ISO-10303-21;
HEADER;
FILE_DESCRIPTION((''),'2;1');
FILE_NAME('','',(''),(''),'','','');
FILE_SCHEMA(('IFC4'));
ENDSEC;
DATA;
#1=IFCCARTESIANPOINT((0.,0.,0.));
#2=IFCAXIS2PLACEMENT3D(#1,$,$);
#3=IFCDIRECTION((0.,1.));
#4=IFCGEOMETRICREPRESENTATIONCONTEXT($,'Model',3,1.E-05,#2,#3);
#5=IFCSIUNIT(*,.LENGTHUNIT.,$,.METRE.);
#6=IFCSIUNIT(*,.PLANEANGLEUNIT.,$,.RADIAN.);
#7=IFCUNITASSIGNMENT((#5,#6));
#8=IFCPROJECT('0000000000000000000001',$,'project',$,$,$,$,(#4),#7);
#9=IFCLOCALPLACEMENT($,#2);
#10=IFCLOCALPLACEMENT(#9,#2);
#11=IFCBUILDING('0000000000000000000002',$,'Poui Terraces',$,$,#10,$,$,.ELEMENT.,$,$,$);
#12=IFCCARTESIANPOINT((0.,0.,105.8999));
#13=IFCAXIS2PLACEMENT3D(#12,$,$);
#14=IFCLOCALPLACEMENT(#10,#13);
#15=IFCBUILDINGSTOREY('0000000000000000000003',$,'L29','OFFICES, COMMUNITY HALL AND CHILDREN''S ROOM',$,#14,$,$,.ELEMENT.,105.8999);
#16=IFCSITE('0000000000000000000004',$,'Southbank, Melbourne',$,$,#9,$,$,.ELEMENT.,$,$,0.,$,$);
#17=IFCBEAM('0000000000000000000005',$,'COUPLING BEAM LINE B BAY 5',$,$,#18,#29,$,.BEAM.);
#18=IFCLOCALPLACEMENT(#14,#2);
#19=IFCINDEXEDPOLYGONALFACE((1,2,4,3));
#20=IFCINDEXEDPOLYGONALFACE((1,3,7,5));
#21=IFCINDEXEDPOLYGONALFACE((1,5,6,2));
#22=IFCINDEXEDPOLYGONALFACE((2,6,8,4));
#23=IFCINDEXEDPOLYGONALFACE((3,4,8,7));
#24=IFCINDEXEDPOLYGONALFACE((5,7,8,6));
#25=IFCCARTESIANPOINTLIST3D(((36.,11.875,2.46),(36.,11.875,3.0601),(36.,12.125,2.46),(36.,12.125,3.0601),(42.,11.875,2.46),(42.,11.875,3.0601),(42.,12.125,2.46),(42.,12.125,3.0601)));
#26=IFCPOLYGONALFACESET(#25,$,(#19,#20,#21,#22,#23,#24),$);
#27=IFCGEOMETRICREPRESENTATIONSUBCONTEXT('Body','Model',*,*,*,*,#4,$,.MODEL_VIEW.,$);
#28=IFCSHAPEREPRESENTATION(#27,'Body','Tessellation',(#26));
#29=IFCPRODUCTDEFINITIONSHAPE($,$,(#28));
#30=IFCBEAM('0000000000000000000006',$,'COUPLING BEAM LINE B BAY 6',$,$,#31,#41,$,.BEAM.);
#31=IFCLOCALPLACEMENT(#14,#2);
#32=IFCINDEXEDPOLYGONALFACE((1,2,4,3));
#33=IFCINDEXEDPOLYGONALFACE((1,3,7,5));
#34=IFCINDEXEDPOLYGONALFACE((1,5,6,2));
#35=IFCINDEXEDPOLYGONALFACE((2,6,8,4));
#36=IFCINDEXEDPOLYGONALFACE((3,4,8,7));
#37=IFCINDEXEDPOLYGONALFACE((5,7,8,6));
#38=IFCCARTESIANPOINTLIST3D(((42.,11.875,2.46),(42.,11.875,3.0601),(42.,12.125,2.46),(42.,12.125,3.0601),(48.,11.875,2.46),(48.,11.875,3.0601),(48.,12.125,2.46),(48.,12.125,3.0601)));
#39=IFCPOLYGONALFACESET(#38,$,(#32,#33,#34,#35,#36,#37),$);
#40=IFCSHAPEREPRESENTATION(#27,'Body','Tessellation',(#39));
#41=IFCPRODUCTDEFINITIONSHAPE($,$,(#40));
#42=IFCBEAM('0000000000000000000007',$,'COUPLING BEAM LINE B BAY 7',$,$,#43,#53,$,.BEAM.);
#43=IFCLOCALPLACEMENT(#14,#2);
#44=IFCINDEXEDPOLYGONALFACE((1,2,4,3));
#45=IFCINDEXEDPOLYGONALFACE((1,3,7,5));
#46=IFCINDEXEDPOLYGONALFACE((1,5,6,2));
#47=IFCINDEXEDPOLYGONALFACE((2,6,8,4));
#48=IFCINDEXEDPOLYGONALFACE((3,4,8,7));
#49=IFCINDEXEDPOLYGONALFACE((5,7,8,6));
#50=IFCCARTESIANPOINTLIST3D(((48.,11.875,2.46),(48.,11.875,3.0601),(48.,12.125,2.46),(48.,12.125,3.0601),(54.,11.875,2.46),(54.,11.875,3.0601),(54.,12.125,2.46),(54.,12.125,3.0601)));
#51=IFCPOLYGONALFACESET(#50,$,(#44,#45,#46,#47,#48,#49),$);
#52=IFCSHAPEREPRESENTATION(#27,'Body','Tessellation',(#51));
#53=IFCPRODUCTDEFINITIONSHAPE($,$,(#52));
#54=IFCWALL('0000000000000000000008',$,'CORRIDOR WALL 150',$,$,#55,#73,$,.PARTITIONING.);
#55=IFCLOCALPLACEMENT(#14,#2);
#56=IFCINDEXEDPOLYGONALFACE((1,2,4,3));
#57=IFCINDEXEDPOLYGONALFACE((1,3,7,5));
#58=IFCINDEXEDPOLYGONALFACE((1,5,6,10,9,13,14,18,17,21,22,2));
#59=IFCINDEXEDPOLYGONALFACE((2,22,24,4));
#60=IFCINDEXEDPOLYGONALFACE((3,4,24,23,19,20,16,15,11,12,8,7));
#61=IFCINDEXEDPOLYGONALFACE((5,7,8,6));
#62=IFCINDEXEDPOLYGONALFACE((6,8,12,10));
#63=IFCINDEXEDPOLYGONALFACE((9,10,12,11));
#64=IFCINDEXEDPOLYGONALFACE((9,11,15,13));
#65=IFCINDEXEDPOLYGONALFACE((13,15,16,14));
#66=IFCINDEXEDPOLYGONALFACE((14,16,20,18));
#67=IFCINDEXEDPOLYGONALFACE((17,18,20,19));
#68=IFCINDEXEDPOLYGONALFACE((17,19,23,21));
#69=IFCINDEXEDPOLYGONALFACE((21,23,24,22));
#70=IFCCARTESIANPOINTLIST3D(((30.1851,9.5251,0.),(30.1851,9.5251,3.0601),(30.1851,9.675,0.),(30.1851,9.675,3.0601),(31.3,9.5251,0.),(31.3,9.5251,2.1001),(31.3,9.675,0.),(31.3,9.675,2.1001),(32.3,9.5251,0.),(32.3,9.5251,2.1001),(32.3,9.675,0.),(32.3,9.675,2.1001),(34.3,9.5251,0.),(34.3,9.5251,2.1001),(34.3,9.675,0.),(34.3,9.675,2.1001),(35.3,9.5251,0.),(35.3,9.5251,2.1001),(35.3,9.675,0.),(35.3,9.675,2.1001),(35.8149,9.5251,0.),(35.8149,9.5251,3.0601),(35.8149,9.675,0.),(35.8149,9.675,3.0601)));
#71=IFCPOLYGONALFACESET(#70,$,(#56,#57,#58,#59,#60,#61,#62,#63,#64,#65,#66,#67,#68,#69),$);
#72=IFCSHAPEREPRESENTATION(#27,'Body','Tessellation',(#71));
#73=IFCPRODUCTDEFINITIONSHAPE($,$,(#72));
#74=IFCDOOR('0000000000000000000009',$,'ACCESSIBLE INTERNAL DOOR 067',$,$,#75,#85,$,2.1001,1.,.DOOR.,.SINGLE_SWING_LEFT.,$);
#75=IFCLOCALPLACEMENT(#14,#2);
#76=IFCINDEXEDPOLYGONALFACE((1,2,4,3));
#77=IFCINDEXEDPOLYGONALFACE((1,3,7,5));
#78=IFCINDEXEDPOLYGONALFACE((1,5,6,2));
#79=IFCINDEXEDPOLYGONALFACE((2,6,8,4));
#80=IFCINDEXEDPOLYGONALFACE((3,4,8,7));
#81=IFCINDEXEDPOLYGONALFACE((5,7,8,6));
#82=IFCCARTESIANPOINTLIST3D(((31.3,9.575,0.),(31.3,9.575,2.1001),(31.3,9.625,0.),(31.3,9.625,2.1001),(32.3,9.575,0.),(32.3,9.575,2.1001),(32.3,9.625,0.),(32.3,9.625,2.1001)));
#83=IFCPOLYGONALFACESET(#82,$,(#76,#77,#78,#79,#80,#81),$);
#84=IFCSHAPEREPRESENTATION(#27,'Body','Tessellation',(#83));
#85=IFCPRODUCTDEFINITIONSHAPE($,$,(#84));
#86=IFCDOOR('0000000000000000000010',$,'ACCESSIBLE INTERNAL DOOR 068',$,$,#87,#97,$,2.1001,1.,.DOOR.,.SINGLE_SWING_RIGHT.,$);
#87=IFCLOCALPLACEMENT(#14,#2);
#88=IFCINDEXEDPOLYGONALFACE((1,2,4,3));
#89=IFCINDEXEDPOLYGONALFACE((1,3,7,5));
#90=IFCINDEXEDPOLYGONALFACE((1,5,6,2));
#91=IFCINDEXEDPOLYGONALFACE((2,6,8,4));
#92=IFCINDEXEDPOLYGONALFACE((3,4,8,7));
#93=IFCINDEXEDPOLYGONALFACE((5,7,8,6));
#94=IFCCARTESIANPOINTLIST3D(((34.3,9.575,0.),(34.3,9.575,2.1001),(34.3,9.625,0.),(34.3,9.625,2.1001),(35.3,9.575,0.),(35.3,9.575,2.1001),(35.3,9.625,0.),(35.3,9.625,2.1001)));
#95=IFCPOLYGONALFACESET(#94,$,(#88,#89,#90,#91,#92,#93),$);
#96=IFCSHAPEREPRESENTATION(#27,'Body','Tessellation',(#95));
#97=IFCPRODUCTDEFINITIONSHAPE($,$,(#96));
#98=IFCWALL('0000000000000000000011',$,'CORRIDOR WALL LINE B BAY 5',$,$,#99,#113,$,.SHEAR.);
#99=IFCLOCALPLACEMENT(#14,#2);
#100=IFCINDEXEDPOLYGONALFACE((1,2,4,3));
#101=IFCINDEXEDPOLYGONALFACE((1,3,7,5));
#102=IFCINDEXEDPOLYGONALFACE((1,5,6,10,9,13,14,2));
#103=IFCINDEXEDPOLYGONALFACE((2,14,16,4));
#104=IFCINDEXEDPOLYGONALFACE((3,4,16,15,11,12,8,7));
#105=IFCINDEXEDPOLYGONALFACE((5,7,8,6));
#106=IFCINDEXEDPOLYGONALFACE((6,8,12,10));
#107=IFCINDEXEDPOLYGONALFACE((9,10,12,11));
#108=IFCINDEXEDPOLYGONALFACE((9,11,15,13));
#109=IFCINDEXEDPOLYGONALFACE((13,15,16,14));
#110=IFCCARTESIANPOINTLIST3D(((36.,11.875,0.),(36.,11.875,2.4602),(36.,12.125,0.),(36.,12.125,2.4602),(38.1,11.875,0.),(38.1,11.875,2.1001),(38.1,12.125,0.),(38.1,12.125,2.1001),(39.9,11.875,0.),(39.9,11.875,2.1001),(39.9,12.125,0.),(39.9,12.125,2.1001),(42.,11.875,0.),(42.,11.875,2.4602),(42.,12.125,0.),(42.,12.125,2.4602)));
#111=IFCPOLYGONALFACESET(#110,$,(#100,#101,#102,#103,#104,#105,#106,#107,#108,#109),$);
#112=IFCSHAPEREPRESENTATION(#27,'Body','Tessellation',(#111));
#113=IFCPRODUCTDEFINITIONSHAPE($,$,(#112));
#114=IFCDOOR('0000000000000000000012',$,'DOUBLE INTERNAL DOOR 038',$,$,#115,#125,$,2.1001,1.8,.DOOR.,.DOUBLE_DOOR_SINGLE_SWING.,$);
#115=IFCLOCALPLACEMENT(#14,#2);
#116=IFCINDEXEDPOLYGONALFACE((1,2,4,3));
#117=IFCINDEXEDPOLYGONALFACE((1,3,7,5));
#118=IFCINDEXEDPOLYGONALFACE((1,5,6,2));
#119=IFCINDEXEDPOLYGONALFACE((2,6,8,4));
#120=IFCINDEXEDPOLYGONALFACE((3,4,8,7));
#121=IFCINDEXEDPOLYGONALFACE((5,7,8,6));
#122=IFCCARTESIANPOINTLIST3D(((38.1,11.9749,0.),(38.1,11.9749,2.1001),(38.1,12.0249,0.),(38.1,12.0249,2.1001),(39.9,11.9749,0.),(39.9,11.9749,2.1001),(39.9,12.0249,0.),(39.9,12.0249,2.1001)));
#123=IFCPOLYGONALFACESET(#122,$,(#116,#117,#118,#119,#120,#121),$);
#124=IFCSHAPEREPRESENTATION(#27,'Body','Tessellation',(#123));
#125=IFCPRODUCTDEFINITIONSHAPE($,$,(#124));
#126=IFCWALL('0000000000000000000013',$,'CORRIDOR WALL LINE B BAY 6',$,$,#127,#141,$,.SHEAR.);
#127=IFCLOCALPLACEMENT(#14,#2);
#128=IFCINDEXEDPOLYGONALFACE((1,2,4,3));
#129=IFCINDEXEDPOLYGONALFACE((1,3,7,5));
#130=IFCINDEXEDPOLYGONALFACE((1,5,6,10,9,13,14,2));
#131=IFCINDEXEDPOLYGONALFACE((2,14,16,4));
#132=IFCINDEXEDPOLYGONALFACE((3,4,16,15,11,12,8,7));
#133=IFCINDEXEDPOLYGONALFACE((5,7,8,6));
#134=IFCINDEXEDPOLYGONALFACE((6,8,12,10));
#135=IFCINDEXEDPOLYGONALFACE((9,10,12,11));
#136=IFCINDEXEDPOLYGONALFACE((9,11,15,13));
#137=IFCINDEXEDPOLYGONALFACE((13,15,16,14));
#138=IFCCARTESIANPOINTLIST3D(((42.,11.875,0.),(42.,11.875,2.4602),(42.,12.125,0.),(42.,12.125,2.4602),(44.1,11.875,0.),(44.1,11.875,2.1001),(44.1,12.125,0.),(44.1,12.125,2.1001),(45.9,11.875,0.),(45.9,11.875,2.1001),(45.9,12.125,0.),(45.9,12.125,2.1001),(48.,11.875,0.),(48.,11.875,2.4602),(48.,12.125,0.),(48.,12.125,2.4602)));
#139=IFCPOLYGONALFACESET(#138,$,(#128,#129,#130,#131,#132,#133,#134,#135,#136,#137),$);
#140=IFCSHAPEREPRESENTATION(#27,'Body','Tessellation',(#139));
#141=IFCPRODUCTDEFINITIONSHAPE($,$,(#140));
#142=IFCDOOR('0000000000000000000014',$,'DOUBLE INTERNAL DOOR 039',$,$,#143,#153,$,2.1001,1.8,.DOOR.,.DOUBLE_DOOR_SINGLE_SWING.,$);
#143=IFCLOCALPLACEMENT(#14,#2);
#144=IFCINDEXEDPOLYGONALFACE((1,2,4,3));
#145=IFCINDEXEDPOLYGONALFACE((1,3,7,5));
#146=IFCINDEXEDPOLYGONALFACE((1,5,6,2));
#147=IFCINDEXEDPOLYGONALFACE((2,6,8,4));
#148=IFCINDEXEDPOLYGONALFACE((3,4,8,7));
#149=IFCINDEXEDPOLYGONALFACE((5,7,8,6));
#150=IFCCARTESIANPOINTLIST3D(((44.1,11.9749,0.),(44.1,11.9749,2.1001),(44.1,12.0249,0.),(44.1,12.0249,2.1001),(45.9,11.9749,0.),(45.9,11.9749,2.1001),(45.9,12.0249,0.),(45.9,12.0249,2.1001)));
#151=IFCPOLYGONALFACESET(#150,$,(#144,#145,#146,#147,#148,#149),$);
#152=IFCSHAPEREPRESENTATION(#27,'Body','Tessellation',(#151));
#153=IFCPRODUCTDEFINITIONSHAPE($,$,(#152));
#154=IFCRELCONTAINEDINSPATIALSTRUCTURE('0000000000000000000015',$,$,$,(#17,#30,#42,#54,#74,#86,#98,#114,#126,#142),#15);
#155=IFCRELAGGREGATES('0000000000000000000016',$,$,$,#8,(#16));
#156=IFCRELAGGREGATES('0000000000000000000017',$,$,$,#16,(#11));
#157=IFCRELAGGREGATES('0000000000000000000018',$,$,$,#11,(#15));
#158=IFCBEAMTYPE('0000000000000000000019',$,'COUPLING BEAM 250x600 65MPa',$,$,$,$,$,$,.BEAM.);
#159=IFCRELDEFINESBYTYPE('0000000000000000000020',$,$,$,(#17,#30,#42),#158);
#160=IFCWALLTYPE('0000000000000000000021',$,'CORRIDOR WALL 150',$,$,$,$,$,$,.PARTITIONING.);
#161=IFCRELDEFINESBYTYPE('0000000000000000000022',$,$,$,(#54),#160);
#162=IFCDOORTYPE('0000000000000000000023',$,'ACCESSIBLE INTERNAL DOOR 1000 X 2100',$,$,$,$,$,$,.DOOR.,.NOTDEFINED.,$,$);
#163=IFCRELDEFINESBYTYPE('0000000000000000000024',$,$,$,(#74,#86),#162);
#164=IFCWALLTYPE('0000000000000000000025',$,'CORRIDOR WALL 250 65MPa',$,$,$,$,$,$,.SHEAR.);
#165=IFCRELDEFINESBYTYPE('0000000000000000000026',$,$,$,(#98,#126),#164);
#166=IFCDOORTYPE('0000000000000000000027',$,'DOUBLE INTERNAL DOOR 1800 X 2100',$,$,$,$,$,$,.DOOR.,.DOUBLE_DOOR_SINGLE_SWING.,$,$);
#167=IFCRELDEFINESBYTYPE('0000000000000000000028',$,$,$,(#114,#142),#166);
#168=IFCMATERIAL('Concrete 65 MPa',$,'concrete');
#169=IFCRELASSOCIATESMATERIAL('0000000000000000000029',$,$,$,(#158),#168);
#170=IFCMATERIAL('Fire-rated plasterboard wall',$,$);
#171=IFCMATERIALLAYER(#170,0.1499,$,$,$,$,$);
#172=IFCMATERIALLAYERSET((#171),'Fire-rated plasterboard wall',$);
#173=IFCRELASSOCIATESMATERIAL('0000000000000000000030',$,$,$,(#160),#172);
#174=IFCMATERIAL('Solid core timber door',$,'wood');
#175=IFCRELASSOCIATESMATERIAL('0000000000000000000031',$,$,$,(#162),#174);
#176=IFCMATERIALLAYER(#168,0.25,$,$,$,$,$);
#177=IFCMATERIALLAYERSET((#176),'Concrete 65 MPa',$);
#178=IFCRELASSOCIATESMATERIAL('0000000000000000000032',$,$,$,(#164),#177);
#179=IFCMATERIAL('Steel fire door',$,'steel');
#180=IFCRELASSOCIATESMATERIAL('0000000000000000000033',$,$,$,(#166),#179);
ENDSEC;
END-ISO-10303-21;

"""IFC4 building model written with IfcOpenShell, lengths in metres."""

from ifc_helpers import new_model, si_unit, direction, frame, frame_2d, origin, origin_2d, place, context, subcontext, project, spatial, rectangle, extrude, source, transform, mapped, material, layer, layer_set, material_profile, profile_set, type_object, element, fill, save


model = new_model("IFC4")

# Units and contexts
model_context = context("Model", 3, precision=1e-05, world=origin(), true_north=direction((0.0, 1.0)))
body_context = subcontext(model_context, "Body", "Model", "MODEL_VIEW")
ifc_project = project(units=[si_unit("LENGTHUNIT", "METRE"), si_unit("PLANEANGLEUNIT", "RADIAN")], contexts=[model_context])

# Site, building, storey
site_placement = place(None, origin())
site = spatial("IfcSite", under=ifc_project, at=site_placement, Name="Southbank, Melbourne", CompositionType="ELEMENT", RefElevation=0.0)
building_placement = place(site_placement, origin())
building = spatial("IfcBuilding", under=site, at=building_placement, Name="Poui Terraces", CompositionType="ELEMENT")
storey_placement = place(building_placement, frame((0.0, 0.0, 105.8999)))
storey = spatial("IfcBuildingStorey", under=building, at=storey_placement, Name="L29", Description="OFFICES, COMMUNITY HALL AND CHILDREN'S ROOM", CompositionType="ELEMENT", Elevation=105.8999)

# Beams
ifc_material_1 = material(Name="Concrete 65 MPa", Category="concrete")
ifc_material_profile = material_profile(ifc_material_1, rectangle(XDim=0.25, YDim=0.6001, at=origin_2d()), Name="RC 250x600")
ifc_profile_set = profile_set([ifc_material_profile], Name="Concrete 65 MPa")
beam_type = type_object("IfcBeamType", Name="COUPLING BEAM 250x600 65MPa", PredefinedType="BEAM", material=ifc_profile_set)
shared_shape = source(origin(), body_context, "Body", "SweptSolid", [
    extrude(rectangle(XDim=0.25, YDim=0.6001, at=origin_2d()), origin(), (0.0, 0.0, 1.0), 6.0),
])
for number, where, z_axis, x_axis, name in (
    (1, (36.0, 12.0, 2.76), (1.0, 0.0, 0.0), (0.0, 1.0, 0.0), "COUPLING BEAM LINE B BAY 5"),
    (2, (42.0, 12.0, 2.76), (1.0, 0.0, 0.0), (0.0, 1.0, 0.0), "COUPLING BEAM LINE B BAY 6"),
    (3, (48.0, 12.0, 2.76), (1.0, 0.0, 0.0), (0.0, 1.0, 0.0), "COUPLING BEAM LINE B BAY 7"),
):
    element("IfcBeam", number, at=place(storey_placement, frame(where, z_axis=z_axis, x_axis=x_axis)), inside=storey, type_object=beam_type, Name=name, PredefinedType="BEAM", context=body_context, shape_type="MappedRepresentation", body=[
        mapped(shared_shape, transform((0.0, 0.0, 0.0))),
    ])

# Wall, openings, doors
ifc_material_2 = material(Name="Fire-rated plasterboard wall")
ifc_layer_1 = layer(ifc_material_2, 0.1499)
ifc_layer_set_1 = layer_set([ifc_layer_1], Name="Fire-rated plasterboard wall")
wall_type_1 = type_object("IfcWallType", Name="CORRIDOR WALL 150", PredefinedType="PARTITIONING", material=ifc_layer_set_1)
wall_1_placement = place(storey_placement, frame((30.1851, 9.6001, 0.0), z_axis=(0.0, 0.0, 1.0), x_axis=(1.0, 0.0, 0.0)))
wall_1 = element("IfcWall", 4, at=wall_1_placement, inside=storey, type_object=wall_type_1, Name="CORRIDOR WALL 150", PredefinedType="PARTITIONING", context=body_context, shape_type="SweptSolid", body=[
    extrude(rectangle(XDim=5.6299, YDim=0.1499, at=frame_2d((2.8149, 0.0))), origin(), (0.0, 0.0, 1.0), 3.0601),
])
opening_1_placement = place(wall_1_placement, frame((1.115, 0.0, 0.0)))
opening_1 = element("IfcOpeningElement", 5, at=opening_1_placement, cuts=wall_1, PredefinedType="OPENING", context=body_context, shape_type="SweptSolid", body=[
    extrude(rectangle(XDim=1.0, YDim=2.1001, at=frame_2d((0.5, 1.05))), frame((0.0, 0.085, 0.0), z_axis=(0.0, -1.0, 0.0), x_axis=(1.0, 0.0, 0.0)), (0.0, 0.0, 1.0), 0.1699),
])
opening_2_placement = place(wall_1_placement, frame((4.115, 0.0, 0.0)))
opening_2 = element("IfcOpeningElement", 6, at=opening_2_placement, cuts=wall_1, PredefinedType="OPENING", context=body_context, shape_type="SweptSolid", body=[
    extrude(rectangle(XDim=1.0, YDim=2.1001, at=frame_2d((0.5, 1.05))), frame((0.0, 0.085, 0.0), z_axis=(0.0, -1.0, 0.0), x_axis=(1.0, 0.0, 0.0)), (0.0, 0.0, 1.0), 0.1699),
])
ifc_material_3 = material(Name="Solid core timber door", Category="wood")
door_type_1 = type_object("IfcDoorType", Name="ACCESSIBLE INTERNAL DOOR 1000 X 2100", OperationType="NOTDEFINED", PredefinedType="DOOR", material=ifc_material_3)
door_1_placement = place(opening_1_placement, origin())
door_1 = element("IfcDoor", 7, at=door_1_placement, inside=storey, type_object=door_type_1, Name="ACCESSIBLE INTERNAL DOOR 067", OperationType="SINGLE_SWING_LEFT", OverallHeight=2.1001, OverallWidth=1.0, PredefinedType="DOOR", context=body_context, shape_type="SweptSolid", body=[
    extrude(rectangle(XDim=1.0, YDim=2.1001, at=frame_2d((0.5, 1.05))), frame((0.0, 0.0249, 0.0), z_axis=(0.0, -1.0, 0.0), x_axis=(1.0, 0.0, 0.0)), (0.0, 0.0, 1.0), 0.05),
])
fill(opening_1, door_1)
door_2_placement = place(opening_2_placement, origin())
door_2 = element("IfcDoor", 8, at=door_2_placement, inside=storey, type_object=door_type_1, Name="ACCESSIBLE INTERNAL DOOR 068", OperationType="SINGLE_SWING_RIGHT", OverallHeight=2.1001, OverallWidth=1.0, PredefinedType="DOOR", context=body_context, shape_type="SweptSolid", body=[
    extrude(rectangle(XDim=1.0, YDim=2.1001, at=frame_2d((0.5, 1.05))), frame((0.0, 0.0249, 0.0), z_axis=(0.0, -1.0, 0.0), x_axis=(1.0, 0.0, 0.0)), (0.0, 0.0, 1.0), 0.05),
])
fill(opening_2, door_2)

# Walls, openings, doors
ifc_layer_2 = layer(ifc_material_1, 0.25)
ifc_layer_set_2 = layer_set([ifc_layer_2], Name="Concrete 65 MPa")
wall_type_2 = type_object("IfcWallType", Name="CORRIDOR WALL 250 65MPa", PredefinedType="SHEAR", material=ifc_layer_set_2)
wall_2_placement = place(storey_placement, frame((36.0, 12.0, 0.0), z_axis=(0.0, 0.0, 1.0), x_axis=(1.0, 0.0, 0.0)))
wall_2 = element("IfcWall", 9, at=wall_2_placement, inside=storey, type_object=wall_type_2, Name="CORRIDOR WALL LINE B BAY 5", PredefinedType="SHEAR", context=body_context, shape_type="SweptSolid", body=[
    extrude(rectangle(XDim=6.0, YDim=0.25, at=frame_2d((3.0, 0.0))), origin(), (0.0, 0.0, 1.0), 2.4602),
])
opening_3_placement = place(wall_2_placement, frame((2.1001, 0.0, 0.0)))
opening_3 = element("IfcOpeningElement", 10, at=opening_3_placement, cuts=wall_2, PredefinedType="OPENING", context=body_context, shape_type="SweptSolid", body=[
    extrude(rectangle(XDim=1.8, YDim=2.1001, at=frame_2d((0.8999, 1.05))), frame((0.0, 0.135, 0.0), z_axis=(0.0, -1.0, 0.0), x_axis=(1.0, 0.0, 0.0)), (0.0, 0.0, 1.0), 0.27),
])
ifc_material_4 = material(Name="Steel fire door", Category="steel")
door_type_2 = type_object("IfcDoorType", Name="DOUBLE INTERNAL DOOR 1800 X 2100", OperationType="DOUBLE_DOOR_SINGLE_SWING", PredefinedType="DOOR", material=ifc_material_4)
door_3_placement = place(opening_3_placement, origin())
door_3 = element("IfcDoor", 11, at=door_3_placement, inside=storey, type_object=door_type_2, Name="DOUBLE INTERNAL DOOR 038", OperationType="DOUBLE_DOOR_SINGLE_SWING", OverallHeight=2.1001, OverallWidth=1.8, PredefinedType="DOOR", context=body_context, shape_type="SweptSolid", body=[
    extrude(rectangle(XDim=1.8, YDim=2.1001, at=frame_2d((0.8999, 1.05))), frame((0.0, 0.0249, 0.0), z_axis=(0.0, -1.0, 0.0), x_axis=(1.0, 0.0, 0.0)), (0.0, 0.0, 1.0), 0.05),
])
fill(opening_3, door_3)
wall_3_placement = place(storey_placement, frame((42.0, 12.0, 0.0), z_axis=(0.0, 0.0, 1.0), x_axis=(1.0, 0.0, 0.0)))
wall_3 = element("IfcWall", 12, at=wall_3_placement, inside=storey, type_object=wall_type_2, Name="CORRIDOR WALL LINE B BAY 6", PredefinedType="SHEAR", context=body_context, shape_type="SweptSolid", body=[
    extrude(rectangle(XDim=6.0, YDim=0.25, at=frame_2d((3.0, 0.0))), origin(), (0.0, 0.0, 1.0), 2.4602),
])
opening_4_placement = place(wall_3_placement, frame((2.1001, 0.0, 0.0)))
opening_4 = element("IfcOpeningElement", 13, at=opening_4_placement, cuts=wall_3, PredefinedType="OPENING", context=body_context, shape_type="SweptSolid", body=[
    extrude(rectangle(XDim=1.8, YDim=2.1001, at=frame_2d((0.8999, 1.05))), frame((0.0, 0.135, 0.0), z_axis=(0.0, -1.0, 0.0), x_axis=(1.0, 0.0, 0.0)), (0.0, 0.0, 1.0), 0.27),
])
door_4_placement = place(opening_4_placement, origin())
door_4 = element("IfcDoor", 14, at=door_4_placement, inside=storey, type_object=door_type_2, Name="DOUBLE INTERNAL DOOR 039", OperationType="DOUBLE_DOOR_SINGLE_SWING", OverallHeight=2.1001, OverallWidth=1.8, PredefinedType="DOOR", context=body_context, shape_type="SweptSolid", body=[
    extrude(rectangle(XDim=1.8, YDim=2.1001, at=frame_2d((0.8999, 1.05))), frame((0.0, 0.0249, 0.0), z_axis=(0.0, -1.0, 0.0), x_axis=(1.0, 0.0, 0.0)), (0.0, 0.0, 1.0), 0.05),
])
fill(opening_4, door_4)

save(model, "model.ifc")
